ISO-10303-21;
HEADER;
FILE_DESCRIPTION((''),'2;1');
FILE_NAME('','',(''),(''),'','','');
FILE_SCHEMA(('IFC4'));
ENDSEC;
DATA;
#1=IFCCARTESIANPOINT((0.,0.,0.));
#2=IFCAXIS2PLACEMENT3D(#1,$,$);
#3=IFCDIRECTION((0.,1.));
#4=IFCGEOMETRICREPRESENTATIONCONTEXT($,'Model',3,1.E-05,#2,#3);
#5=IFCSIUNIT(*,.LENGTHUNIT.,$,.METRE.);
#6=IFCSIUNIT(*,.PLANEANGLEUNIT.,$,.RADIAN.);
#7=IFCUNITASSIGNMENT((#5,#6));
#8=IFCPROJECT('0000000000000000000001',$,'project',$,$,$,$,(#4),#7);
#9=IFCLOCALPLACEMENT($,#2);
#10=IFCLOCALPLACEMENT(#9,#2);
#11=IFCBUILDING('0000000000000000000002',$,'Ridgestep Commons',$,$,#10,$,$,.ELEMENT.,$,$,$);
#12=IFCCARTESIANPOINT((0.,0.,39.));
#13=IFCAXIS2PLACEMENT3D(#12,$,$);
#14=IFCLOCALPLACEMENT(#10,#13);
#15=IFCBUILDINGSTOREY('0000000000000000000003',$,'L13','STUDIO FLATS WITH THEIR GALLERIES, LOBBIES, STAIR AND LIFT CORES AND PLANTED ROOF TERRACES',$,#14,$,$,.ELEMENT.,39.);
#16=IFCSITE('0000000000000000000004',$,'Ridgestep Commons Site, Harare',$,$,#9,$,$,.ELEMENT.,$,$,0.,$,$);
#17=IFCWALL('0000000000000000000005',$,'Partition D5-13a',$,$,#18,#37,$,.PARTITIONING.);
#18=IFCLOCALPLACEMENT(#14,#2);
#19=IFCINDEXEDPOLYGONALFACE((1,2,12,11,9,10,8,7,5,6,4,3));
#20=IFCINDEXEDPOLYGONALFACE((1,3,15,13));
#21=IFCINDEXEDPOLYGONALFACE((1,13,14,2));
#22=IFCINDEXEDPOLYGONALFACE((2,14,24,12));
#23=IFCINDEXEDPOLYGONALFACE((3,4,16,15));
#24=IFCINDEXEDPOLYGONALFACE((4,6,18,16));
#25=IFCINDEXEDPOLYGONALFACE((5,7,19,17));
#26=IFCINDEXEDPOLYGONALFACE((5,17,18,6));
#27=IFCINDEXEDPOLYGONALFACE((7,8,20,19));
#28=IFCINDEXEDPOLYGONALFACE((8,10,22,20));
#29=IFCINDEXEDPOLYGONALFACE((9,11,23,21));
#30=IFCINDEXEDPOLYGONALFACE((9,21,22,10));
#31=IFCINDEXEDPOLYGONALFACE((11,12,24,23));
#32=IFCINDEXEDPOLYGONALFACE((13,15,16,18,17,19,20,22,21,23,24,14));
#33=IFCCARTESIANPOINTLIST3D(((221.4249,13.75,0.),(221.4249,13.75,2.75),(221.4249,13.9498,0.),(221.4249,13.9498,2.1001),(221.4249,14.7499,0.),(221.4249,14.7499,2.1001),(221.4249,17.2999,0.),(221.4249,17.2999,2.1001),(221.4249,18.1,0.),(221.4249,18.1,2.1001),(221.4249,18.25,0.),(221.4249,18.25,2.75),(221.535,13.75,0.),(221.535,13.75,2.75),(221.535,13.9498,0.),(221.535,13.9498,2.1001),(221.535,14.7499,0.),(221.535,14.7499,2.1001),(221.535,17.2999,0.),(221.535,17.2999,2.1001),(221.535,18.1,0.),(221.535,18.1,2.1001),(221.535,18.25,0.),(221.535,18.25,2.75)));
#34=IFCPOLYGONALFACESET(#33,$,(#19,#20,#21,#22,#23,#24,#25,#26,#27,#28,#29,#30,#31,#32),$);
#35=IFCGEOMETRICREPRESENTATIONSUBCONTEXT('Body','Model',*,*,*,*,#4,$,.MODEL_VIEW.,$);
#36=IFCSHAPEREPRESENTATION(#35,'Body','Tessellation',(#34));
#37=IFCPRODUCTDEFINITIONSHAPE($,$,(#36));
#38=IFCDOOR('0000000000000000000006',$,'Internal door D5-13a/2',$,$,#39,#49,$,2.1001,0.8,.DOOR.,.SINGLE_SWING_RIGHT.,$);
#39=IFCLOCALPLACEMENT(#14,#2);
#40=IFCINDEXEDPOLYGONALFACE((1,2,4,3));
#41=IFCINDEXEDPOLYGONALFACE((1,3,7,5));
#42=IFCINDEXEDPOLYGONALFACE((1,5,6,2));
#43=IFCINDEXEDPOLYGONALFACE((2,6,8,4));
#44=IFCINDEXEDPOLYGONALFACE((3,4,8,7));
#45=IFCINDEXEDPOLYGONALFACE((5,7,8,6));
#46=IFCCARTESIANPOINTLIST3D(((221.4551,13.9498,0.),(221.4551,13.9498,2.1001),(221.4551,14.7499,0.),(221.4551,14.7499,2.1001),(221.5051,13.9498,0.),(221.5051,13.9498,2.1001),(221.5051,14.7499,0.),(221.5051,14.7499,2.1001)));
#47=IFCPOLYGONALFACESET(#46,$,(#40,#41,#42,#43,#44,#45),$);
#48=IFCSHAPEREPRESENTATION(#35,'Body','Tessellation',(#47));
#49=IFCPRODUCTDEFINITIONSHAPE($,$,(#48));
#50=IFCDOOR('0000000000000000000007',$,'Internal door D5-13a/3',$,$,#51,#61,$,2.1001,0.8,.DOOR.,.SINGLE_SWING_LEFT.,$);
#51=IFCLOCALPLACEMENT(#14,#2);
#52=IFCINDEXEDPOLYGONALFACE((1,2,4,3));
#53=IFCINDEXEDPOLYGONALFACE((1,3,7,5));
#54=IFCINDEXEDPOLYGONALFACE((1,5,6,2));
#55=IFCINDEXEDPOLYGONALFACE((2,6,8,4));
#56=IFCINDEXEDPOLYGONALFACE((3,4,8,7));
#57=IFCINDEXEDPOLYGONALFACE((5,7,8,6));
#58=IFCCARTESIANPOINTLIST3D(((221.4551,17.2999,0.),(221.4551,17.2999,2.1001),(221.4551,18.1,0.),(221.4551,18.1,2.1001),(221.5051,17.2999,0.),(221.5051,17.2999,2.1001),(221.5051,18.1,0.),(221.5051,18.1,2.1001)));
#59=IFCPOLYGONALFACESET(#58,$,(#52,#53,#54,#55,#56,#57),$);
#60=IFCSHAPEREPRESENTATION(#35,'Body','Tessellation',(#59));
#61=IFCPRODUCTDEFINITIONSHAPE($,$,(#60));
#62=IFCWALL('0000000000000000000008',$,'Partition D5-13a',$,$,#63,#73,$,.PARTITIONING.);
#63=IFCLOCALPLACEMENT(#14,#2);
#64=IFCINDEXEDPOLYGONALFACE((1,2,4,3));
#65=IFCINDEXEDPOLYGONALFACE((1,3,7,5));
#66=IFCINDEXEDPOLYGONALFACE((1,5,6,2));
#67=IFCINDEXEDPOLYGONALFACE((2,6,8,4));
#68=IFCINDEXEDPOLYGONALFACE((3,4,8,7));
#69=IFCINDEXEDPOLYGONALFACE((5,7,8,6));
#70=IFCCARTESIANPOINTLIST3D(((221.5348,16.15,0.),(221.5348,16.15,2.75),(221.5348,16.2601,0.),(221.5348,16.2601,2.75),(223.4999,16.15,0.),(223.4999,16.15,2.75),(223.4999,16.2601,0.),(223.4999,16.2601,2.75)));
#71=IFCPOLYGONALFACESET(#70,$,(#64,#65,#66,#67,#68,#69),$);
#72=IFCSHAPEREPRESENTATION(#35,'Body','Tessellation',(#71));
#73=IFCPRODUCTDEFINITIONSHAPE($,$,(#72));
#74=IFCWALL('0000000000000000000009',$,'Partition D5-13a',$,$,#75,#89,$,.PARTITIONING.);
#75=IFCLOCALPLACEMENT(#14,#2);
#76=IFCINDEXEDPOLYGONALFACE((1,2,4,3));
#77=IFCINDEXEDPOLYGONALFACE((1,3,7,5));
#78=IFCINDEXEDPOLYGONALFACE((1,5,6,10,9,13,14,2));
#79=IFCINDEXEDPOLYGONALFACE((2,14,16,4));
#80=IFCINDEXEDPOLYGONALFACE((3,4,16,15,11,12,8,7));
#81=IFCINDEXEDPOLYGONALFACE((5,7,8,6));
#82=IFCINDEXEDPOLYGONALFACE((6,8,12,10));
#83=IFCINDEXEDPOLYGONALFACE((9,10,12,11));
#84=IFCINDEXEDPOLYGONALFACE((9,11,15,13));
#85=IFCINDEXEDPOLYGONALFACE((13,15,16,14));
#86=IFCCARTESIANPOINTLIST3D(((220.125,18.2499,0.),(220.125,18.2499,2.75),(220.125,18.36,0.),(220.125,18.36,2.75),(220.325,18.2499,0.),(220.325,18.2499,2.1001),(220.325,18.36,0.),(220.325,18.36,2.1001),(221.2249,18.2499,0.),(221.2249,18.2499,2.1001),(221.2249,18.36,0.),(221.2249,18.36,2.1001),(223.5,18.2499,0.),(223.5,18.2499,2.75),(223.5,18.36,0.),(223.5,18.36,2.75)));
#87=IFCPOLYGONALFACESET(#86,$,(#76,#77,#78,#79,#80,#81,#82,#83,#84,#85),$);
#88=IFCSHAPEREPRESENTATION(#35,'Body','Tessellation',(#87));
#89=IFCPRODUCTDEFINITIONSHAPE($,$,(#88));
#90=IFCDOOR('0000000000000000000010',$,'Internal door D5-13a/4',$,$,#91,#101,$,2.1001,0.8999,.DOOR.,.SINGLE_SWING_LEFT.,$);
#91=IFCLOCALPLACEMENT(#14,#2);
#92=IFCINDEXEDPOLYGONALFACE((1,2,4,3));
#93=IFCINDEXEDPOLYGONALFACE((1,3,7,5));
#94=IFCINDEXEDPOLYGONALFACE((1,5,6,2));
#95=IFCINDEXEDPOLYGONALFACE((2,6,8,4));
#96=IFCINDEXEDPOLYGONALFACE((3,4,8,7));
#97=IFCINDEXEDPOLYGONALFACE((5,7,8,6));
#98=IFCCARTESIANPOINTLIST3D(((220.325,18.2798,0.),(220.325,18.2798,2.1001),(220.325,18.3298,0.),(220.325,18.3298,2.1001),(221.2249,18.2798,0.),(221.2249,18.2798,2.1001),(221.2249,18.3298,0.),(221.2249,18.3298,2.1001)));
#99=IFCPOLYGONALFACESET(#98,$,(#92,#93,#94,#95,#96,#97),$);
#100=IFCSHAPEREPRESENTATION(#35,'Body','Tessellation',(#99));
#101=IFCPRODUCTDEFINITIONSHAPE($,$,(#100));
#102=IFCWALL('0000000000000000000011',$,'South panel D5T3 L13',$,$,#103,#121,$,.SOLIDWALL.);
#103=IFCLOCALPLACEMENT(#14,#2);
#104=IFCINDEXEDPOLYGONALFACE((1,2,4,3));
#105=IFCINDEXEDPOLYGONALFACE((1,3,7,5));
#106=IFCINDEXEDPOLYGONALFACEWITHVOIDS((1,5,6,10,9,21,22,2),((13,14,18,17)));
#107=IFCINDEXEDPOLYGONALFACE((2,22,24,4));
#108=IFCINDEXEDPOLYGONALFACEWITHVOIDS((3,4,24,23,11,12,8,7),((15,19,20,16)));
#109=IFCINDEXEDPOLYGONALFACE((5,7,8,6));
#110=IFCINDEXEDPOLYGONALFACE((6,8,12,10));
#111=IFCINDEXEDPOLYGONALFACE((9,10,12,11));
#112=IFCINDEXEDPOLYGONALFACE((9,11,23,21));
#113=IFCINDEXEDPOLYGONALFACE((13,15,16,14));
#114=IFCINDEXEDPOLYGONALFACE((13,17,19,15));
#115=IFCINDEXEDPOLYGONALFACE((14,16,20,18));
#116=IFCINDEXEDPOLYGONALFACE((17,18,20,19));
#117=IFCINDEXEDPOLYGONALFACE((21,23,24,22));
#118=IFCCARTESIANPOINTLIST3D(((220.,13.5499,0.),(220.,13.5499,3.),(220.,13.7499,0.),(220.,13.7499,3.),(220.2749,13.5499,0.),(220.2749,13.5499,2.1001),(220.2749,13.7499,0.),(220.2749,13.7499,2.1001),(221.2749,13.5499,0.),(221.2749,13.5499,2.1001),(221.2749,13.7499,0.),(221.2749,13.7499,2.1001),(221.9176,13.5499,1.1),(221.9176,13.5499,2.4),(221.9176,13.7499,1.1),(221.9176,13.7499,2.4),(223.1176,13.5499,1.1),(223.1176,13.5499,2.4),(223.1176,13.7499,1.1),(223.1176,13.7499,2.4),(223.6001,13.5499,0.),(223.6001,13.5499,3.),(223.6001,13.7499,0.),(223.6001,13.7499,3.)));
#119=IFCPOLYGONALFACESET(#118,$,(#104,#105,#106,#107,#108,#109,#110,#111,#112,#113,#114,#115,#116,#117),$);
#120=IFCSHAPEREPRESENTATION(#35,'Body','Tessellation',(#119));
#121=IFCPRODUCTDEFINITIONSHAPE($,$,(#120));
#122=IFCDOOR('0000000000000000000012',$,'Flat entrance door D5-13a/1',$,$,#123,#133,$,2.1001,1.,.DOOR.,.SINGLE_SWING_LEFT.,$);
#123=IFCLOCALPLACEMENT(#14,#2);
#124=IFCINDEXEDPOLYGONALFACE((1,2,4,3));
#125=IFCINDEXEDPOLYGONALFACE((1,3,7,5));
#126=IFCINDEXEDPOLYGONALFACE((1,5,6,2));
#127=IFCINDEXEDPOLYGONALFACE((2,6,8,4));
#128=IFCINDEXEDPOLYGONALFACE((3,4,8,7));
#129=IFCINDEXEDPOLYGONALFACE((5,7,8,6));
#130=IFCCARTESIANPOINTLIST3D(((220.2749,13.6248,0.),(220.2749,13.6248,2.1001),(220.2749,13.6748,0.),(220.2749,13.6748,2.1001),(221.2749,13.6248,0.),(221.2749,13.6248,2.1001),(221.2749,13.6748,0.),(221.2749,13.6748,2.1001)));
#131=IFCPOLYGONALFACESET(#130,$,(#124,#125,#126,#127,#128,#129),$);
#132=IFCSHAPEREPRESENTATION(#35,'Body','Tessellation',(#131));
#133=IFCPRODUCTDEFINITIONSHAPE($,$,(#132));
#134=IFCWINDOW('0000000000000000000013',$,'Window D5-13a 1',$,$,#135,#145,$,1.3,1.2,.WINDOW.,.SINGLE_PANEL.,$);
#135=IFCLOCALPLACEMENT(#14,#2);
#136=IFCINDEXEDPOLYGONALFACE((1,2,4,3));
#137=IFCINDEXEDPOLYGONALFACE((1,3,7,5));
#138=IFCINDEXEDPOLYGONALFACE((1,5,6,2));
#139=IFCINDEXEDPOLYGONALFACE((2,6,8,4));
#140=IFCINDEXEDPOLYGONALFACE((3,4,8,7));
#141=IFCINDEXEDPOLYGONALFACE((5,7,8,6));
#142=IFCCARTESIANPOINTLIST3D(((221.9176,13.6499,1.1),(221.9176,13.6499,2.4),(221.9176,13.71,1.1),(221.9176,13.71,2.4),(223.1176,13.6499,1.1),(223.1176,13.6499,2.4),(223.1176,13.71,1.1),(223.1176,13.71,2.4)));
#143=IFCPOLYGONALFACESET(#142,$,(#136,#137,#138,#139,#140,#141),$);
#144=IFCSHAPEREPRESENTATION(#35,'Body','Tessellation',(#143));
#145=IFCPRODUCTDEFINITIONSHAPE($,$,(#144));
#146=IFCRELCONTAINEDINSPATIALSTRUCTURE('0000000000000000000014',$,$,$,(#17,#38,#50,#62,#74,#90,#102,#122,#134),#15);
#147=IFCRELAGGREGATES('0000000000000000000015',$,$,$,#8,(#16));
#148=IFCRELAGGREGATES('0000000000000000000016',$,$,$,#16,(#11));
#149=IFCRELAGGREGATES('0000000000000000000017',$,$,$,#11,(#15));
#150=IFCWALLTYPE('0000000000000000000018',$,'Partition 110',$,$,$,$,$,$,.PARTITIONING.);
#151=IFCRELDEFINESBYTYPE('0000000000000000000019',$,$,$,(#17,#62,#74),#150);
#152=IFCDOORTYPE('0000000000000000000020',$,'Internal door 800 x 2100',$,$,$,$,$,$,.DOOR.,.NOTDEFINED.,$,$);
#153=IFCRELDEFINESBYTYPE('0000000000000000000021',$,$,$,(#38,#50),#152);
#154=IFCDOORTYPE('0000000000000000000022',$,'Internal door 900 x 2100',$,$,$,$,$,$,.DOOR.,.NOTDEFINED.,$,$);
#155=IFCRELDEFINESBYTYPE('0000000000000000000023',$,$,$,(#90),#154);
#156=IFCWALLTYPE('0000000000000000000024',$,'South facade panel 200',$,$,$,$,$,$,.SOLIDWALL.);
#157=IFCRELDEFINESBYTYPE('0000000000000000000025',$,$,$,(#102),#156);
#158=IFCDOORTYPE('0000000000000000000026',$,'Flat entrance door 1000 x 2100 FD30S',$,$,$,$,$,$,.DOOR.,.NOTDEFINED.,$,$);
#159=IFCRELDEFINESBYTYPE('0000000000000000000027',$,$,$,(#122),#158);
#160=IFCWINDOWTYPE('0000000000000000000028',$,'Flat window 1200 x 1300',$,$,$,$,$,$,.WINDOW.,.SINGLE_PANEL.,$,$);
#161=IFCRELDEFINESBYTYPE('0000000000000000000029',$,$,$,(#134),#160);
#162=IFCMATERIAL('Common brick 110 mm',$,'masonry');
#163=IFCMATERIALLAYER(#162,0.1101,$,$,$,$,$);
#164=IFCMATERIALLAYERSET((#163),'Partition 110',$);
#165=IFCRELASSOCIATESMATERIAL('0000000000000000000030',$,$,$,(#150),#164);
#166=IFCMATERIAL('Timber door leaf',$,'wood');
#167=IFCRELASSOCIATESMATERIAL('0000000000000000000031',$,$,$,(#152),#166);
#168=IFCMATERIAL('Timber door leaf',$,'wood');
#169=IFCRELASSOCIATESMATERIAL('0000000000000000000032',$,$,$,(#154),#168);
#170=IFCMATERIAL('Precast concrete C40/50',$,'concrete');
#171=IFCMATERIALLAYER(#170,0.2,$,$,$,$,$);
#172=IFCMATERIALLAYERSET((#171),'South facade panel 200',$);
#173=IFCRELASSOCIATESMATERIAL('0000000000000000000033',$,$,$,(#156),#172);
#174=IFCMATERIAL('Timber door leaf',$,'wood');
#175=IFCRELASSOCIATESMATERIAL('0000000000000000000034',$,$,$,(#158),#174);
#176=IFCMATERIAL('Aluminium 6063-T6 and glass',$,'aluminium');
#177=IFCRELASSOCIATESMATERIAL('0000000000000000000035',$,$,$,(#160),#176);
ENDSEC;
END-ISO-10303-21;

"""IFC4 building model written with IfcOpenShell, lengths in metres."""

from ifc_helpers import new_model, si_unit, direction, frame, frame_2d, origin, place, context, subcontext, project, spatial, rectangle, extrude, material, layer, layer_set, type_object, element, fill, save


model = new_model("IFC4")

# Units and contexts
model_context = context("Model", 3, precision=1e-05, world=origin(), true_north=direction((0.0, 1.0)))
body_context = subcontext(model_context, "Body", "Model", "MODEL_VIEW")
ifc_project = project(units=[si_unit("LENGTHUNIT", "METRE"), si_unit("PLANEANGLEUNIT", "RADIAN")], contexts=[model_context])

# Site, building, storey
site_placement = place(None, origin())
site = spatial("IfcSite", under=ifc_project, at=site_placement, Name="Ridgestep Commons Site, Harare", CompositionType="ELEMENT", RefElevation=0.0)
building_placement = place(site_placement, origin())
building = spatial("IfcBuilding", under=site, at=building_placement, Name="Ridgestep Commons", CompositionType="ELEMENT")
storey_placement = place(building_placement, frame((0.0, 0.0, 39.0)))
storey = spatial("IfcBuildingStorey", under=building, at=storey_placement, Name="L13", Description="STUDIO FLATS WITH THEIR GALLERIES, LOBBIES, STAIR AND LIFT CORES AND PLANTED ROOF TERRACES", CompositionType="ELEMENT", Elevation=39.0)

# Wall, openings, doors
ifc_material_1 = material(Name="Common brick 110 mm", Category="masonry")
ifc_layer_1 = layer(ifc_material_1, 0.1101)
ifc_layer_set_1 = layer_set([ifc_layer_1], Name="Partition 110")
wall_type_1 = type_object("IfcWallType", Name="Partition 110", PredefinedType="PARTITIONING", material=ifc_layer_set_1)
wall_1_placement = place(storey_placement, frame((221.48, 13.75, 0.0), z_axis=(0.0, 0.0, 1.0), x_axis=(0.0, 1.0, 0.0)))
wall_1 = element("IfcWall", 1, at=wall_1_placement, inside=storey, type_object=wall_type_1, Name="Partition D5-13a", PredefinedType="PARTITIONING", context=body_context, shape_type="SweptSolid", body=[
    extrude(rectangle(XDim=4.5, YDim=0.1101, at=frame_2d((2.25, 0.0))), origin(), (0.0, 0.0, 1.0), 2.75),
])
opening_1_placement = place(wall_1_placement, frame((0.2, 0.0, 0.0)))
opening_1 = element("IfcOpeningElement", 2, at=opening_1_placement, cuts=wall_1, PredefinedType="OPENING", context=body_context, shape_type="SweptSolid", body=[
    extrude(rectangle(XDim=0.8, YDim=2.1001, at=frame_2d((0.3999, 1.05))), frame((0.0, 0.0649, 0.0), z_axis=(0.0, -1.0, 0.0), x_axis=(1.0, 0.0, 0.0)), (0.0, 0.0, 1.0), 0.1301),
])
opening_2_placement = place(wall_1_placement, frame((3.55, 0.0, 0.0)))
opening_2 = element("IfcOpeningElement", 3, at=opening_2_placement, cuts=wall_1, PredefinedType="OPENING", context=body_context, shape_type="SweptSolid", body=[
    extrude(rectangle(XDim=0.8, YDim=2.1001, at=frame_2d((0.3999, 1.05))), frame((0.0, 0.0649, 0.0), z_axis=(0.0, -1.0, 0.0), x_axis=(1.0, 0.0, 0.0)), (0.0, 0.0, 1.0), 0.1301),
])
ifc_material_2 = material(Name="Timber door leaf", Category="wood")
door_type_1 = type_object("IfcDoorType", Name="Internal door 800 x 2100", OperationType="NOTDEFINED", PredefinedType="DOOR", material=ifc_material_2)
door_1_placement = place(opening_1_placement, origin())
door_1 = element("IfcDoor", 4, at=door_1_placement, inside=storey, type_object=door_type_1, Name="Internal door D5-13a/2", OperationType="SINGLE_SWING_RIGHT", OverallHeight=2.1001, OverallWidth=0.8, PredefinedType="DOOR", context=body_context, shape_type="SweptSolid", body=[
    extrude(rectangle(XDim=0.8, YDim=2.1001, at=frame_2d((0.3999, 1.05))), frame((0.0, 0.0249, 0.0), z_axis=(0.0, -1.0, 0.0), x_axis=(1.0, 0.0, 0.0)), (0.0, 0.0, 1.0), 0.05),
])
fill(opening_1, door_1)
door_2_placement = place(opening_2_placement, origin())
door_2 = element("IfcDoor", 5, at=door_2_placement, inside=storey, type_object=door_type_1, Name="Internal door D5-13a/3", OperationType="SINGLE_SWING_LEFT", OverallHeight=2.1001, OverallWidth=0.8, PredefinedType="DOOR", context=body_context, shape_type="SweptSolid", body=[
    extrude(rectangle(XDim=0.8, YDim=2.1001, at=frame_2d((0.3999, 1.05))), frame((0.0, 0.0249, 0.0), z_axis=(0.0, -1.0, 0.0), x_axis=(1.0, 0.0, 0.0)), (0.0, 0.0, 1.0), 0.05),
])
fill(opening_2, door_2)

# Wall
wall_2_placement = place(storey_placement, frame((221.5349, 16.2051, 0.0), z_axis=(0.0, 0.0, 1.0), x_axis=(1.0, 0.0, 0.0)))
element("IfcWall", 6, at=wall_2_placement, inside=storey, type_object=wall_type_1, Name="Partition D5-13a", PredefinedType="PARTITIONING", context=body_context, shape_type="SweptSolid", body=[
    extrude(rectangle(XDim=1.9651, YDim=0.1101, at=frame_2d((0.9824, 0.0))), origin(), (0.0, 0.0, 1.0), 2.75),
])

# Wall, opening, door
wall_3_placement = place(storey_placement, frame((220.125, 18.3049, 0.0), z_axis=(0.0, 0.0, 1.0), x_axis=(1.0, 0.0, 0.0)))
wall_3 = element("IfcWall", 7, at=wall_3_placement, inside=storey, type_object=wall_type_1, Name="Partition D5-13a", PredefinedType="PARTITIONING", context=body_context, shape_type="SweptSolid", body=[
    extrude(rectangle(XDim=3.375, YDim=0.1101, at=frame_2d((1.6875, 0.0))), origin(), (0.0, 0.0, 1.0), 2.75),
])
opening_3_placement = place(wall_3_placement, frame((0.2, 0.0, 0.0)))
opening_3 = element("IfcOpeningElement", 8, at=opening_3_placement, cuts=wall_3, PredefinedType="OPENING", context=body_context, shape_type="SweptSolid", body=[
    extrude(rectangle(XDim=0.8999, YDim=2.1001, at=frame_2d((0.45, 1.05))), frame((0.0, 0.0649, 0.0), z_axis=(0.0, -1.0, 0.0), x_axis=(1.0, 0.0, 0.0)), (0.0, 0.0, 1.0), 0.1301),
])
ifc_material_3 = material(Name="Timber door leaf", Category="wood")
door_type_2 = type_object("IfcDoorType", Name="Internal door 900 x 2100", OperationType="NOTDEFINED", PredefinedType="DOOR", material=ifc_material_3)
door_3_placement = place(opening_3_placement, origin())
door_3 = element("IfcDoor", 9, at=door_3_placement, inside=storey, type_object=door_type_2, Name="Internal door D5-13a/4", OperationType="SINGLE_SWING_LEFT", OverallHeight=2.1001, OverallWidth=0.8999, PredefinedType="DOOR", context=body_context, shape_type="SweptSolid", body=[
    extrude(rectangle(XDim=0.8999, YDim=2.1001, at=frame_2d((0.45, 1.05))), frame((0.0, 0.0249, 0.0), z_axis=(0.0, -1.0, 0.0), x_axis=(1.0, 0.0, 0.0)), (0.0, 0.0, 1.0), 0.05),
])
fill(opening_3, door_3)

# Wall, openings, door, window
ifc_material_4 = material(Name="Precast concrete C40/50", Category="concrete")
ifc_layer_2 = layer(ifc_material_4, 0.2)
ifc_layer_set_2 = layer_set([ifc_layer_2], Name="South facade panel 200")
wall_type_2 = type_object("IfcWallType", Name="South facade panel 200", PredefinedType="SOLIDWALL", material=ifc_layer_set_2)
wall_4_placement = place(storey_placement, frame((220.0, 13.6499, 0.0), z_axis=(0.0, 0.0, 1.0), x_axis=(1.0, 0.0, 0.0)))
wall_4 = element("IfcWall", 10, at=wall_4_placement, inside=storey, type_object=wall_type_2, Name="South panel D5T3 L13", PredefinedType="SOLIDWALL", context=body_context, shape_type="SweptSolid", body=[
    extrude(rectangle(XDim=3.6001, YDim=0.2, at=frame_2d((1.8, 0.0))), origin(), (0.0, 0.0, 1.0), 3.0),
])
opening_4_placement = place(wall_4_placement, frame((1.9175, 0.0, 1.1001)))
opening_4 = element("IfcOpeningElement", 11, at=opening_4_placement, cuts=wall_4, PredefinedType="OPENING", context=body_context, shape_type="SweptSolid", body=[
    extrude(rectangle(XDim=1.2, YDim=1.3, at=frame_2d((0.6001, 0.6499))), frame((0.0, 0.1099, 0.0), z_axis=(0.0, -1.0, 0.0), x_axis=(1.0, 0.0, 0.0)), (0.0, 0.0, 1.0), 0.22),
])
opening_5_placement = place(wall_4_placement, frame((0.2749, 0.0, 0.0)))
opening_5 = element("IfcOpeningElement", 12, at=opening_5_placement, cuts=wall_4, PredefinedType="OPENING", context=body_context, shape_type="SweptSolid", body=[
    extrude(rectangle(XDim=1.0, YDim=2.1001, at=frame_2d((0.5, 1.05))), frame((0.0, 0.1099, 0.0), z_axis=(0.0, -1.0, 0.0), x_axis=(1.0, 0.0, 0.0)), (0.0, 0.0, 1.0), 0.22),
])
ifc_material_5 = material(Name="Timber door leaf", Category="wood")
door_type_3 = type_object("IfcDoorType", Name="Flat entrance door 1000 x 2100 FD30S", OperationType="NOTDEFINED", PredefinedType="DOOR", material=ifc_material_5)
door_4_placement = place(opening_5_placement, origin())
door_4 = element("IfcDoor", 13, at=door_4_placement, inside=storey, type_object=door_type_3, Name="Flat entrance door D5-13a/1", OperationType="SINGLE_SWING_LEFT", OverallHeight=2.1001, OverallWidth=1.0, PredefinedType="DOOR", context=body_context, shape_type="SweptSolid", body=[
    extrude(rectangle(XDim=1.0, YDim=2.1001, at=frame_2d((0.5, 1.05))), frame((0.0, 0.0249, 0.0), z_axis=(0.0, -1.0, 0.0), x_axis=(1.0, 0.0, 0.0)), (0.0, 0.0, 1.0), 0.05),
])
fill(opening_5, door_4)
ifc_material_6 = material(Name="Aluminium 6063-T6 and glass", Category="aluminium")
window_type = type_object("IfcWindowType", Name="Flat window 1200 x 1300", PartitioningType="SINGLE_PANEL", PredefinedType="WINDOW", material=ifc_material_6)
window_placement = place(opening_4_placement, origin())
window = element("IfcWindow", 14, at=window_placement, inside=storey, type_object=window_type, Name="Window D5-13a 1", OverallHeight=1.3, OverallWidth=1.2, PartitioningType="SINGLE_PANEL", PredefinedType="WINDOW", context=body_context, shape_type="SweptSolid", body=[
    extrude(rectangle(XDim=1.2, YDim=1.3, at=frame_2d((0.6001, 0.6499))), frame((0.0, 0.0601, 0.0), z_axis=(0.0, -1.0, 0.0), x_axis=(1.0, 0.0, 0.0)), (0.0, 0.0, 1.0), 0.0601),
])
fill(opening_4, window)

save(model, "model.ifc")
